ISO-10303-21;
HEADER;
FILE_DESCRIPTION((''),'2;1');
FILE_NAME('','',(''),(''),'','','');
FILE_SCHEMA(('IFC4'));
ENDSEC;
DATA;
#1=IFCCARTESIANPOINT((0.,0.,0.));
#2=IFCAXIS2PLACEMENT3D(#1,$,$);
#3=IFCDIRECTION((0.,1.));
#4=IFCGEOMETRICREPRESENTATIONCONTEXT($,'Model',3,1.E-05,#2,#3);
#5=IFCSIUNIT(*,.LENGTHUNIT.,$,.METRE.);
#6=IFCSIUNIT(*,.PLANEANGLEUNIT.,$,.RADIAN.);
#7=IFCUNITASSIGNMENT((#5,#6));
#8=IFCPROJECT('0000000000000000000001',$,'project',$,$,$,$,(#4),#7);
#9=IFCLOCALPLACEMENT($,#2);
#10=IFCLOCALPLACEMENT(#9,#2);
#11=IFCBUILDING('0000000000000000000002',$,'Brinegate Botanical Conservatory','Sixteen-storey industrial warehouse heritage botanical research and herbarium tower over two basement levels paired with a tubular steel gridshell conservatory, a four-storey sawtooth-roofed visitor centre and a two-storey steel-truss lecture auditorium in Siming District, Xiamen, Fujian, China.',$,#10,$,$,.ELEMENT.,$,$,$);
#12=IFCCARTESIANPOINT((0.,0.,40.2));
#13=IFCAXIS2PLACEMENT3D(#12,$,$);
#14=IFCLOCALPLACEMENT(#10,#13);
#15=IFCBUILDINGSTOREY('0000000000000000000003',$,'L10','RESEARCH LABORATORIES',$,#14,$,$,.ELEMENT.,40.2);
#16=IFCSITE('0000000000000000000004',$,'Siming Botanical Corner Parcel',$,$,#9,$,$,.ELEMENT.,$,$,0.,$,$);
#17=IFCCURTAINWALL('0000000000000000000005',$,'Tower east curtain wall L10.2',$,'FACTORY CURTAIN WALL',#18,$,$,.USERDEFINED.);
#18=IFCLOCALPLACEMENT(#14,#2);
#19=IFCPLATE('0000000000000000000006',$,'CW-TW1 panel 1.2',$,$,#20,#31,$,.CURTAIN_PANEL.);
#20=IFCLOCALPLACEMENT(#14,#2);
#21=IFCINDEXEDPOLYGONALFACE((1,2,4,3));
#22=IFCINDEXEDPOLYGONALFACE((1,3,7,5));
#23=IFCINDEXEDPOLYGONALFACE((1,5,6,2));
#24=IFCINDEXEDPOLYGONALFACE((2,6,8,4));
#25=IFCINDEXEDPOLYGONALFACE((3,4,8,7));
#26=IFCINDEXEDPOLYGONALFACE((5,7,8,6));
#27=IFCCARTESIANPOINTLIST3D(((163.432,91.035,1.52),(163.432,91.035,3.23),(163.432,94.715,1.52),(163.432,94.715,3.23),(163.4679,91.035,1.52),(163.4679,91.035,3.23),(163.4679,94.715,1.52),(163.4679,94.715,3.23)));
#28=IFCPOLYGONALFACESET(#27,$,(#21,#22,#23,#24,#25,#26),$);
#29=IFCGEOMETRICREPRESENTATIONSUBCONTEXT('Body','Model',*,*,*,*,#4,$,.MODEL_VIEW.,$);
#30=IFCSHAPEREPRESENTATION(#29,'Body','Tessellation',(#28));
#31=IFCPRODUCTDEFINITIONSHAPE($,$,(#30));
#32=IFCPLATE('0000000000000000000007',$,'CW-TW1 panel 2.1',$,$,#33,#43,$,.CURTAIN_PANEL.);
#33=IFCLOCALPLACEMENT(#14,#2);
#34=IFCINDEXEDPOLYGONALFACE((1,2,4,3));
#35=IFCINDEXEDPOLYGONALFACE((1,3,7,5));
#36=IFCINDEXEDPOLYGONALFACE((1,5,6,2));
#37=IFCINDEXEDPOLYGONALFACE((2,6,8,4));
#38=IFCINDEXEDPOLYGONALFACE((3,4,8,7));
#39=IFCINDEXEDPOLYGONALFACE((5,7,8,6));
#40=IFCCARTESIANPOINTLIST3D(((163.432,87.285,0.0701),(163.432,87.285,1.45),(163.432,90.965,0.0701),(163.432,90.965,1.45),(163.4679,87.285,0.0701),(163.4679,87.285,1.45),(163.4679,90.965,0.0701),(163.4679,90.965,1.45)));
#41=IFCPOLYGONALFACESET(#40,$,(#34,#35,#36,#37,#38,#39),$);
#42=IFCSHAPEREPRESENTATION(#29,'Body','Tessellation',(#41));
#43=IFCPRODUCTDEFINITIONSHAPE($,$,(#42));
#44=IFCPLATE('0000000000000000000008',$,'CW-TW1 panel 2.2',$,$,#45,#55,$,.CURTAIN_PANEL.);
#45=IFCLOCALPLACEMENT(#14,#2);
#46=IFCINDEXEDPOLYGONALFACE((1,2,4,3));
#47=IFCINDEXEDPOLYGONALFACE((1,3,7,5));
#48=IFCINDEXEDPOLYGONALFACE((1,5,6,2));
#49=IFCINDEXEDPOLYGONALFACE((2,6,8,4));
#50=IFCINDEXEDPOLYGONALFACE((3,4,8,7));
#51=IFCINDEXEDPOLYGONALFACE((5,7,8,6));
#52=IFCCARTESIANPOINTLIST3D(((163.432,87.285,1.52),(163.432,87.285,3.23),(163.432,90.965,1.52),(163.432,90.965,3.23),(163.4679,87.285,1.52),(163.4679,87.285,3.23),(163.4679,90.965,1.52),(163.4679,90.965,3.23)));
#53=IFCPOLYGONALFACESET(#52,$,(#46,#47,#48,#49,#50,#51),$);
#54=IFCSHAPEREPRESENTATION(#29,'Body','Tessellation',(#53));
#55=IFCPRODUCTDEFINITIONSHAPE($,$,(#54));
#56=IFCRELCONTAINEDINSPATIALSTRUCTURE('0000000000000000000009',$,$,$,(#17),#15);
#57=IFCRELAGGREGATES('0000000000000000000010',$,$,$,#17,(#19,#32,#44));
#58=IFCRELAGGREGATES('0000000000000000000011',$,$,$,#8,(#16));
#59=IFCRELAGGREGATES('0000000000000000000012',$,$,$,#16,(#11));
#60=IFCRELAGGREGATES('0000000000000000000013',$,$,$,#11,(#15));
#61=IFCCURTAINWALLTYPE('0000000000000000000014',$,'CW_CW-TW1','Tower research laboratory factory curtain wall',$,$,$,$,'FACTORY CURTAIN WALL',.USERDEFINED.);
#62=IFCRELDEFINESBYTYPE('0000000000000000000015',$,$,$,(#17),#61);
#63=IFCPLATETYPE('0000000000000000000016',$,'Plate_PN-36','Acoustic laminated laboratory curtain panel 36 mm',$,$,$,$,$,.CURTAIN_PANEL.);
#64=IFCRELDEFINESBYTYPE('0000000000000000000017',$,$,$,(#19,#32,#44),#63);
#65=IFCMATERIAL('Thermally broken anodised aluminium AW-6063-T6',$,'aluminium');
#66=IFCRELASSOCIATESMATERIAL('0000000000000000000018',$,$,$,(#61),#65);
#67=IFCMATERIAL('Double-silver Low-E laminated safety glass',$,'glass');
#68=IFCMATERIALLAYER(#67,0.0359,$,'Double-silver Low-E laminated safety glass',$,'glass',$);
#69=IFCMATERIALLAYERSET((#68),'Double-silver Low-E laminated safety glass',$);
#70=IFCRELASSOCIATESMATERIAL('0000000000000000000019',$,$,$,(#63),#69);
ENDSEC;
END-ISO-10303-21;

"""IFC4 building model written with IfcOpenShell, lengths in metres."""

from ifc_helpers import new_model, si_unit, direction, frame, origin, origin_2d, place, context, subcontext, project, spatial, rectangle, extrude, material, layer, layer_set, type_object, element, aggregate, save


model = new_model("IFC4")

# Units and contexts
model_context = context("Model", 3, precision=1e-05, world=origin(), true_north=direction((0.0, 1.0)))
body_context = subcontext(model_context, "Body", "Model", "MODEL_VIEW")
ifc_project = project(units=[si_unit("LENGTHUNIT", "METRE"), si_unit("PLANEANGLEUNIT", "RADIAN")], contexts=[model_context])

# Site, building, storey
site_placement = place(None, origin())
site = spatial("IfcSite", under=ifc_project, at=site_placement, Name="Siming Botanical Corner Parcel", CompositionType="ELEMENT", RefElevation=0.0)
building_placement = place(site_placement, origin())
building = spatial("IfcBuilding", under=site, at=building_placement, Name="Brinegate Botanical Conservatory", Description="Sixteen-storey industrial warehouse heritage botanical research and herbarium tower over two basement levels paired with a tubular steel gridshell conservatory, a four-storey sawtooth-roofed visitor centre and a two-storey steel-truss lecture auditorium in Siming District, Xiamen, Fujian, China.", CompositionType="ELEMENT")
storey_placement = place(building_placement, frame((0.0, 0.0, 40.2)))
storey = spatial("IfcBuildingStorey", under=building, at=storey_placement, Name="L10", Description="RESEARCH LABORATORIES", CompositionType="ELEMENT", Elevation=40.2)

# Shared definitions
ifc_material_1 = material(Name="Thermally broken anodised aluminium AW-6063-T6", Category="aluminium")
curtain_wall_type = type_object("IfcCurtainWallType", Name="CW_CW-TW1", Description="Tower research laboratory factory curtain wall", ElementType="FACTORY CURTAIN WALL", PredefinedType="USERDEFINED", material=ifc_material_1)

# Curtain wall
curtain_wall_1_placement = place(storey_placement, origin())
curtain_wall_1 = element("IfcCurtainWall", 1, at=curtain_wall_1_placement, inside=storey, type_object=curtain_wall_type, Name="Tower east curtain wall L10.2", ObjectType="FACTORY CURTAIN WALL", PredefinedType="USERDEFINED")

# Plates
ifc_material_2 = material(Name="Double-silver Low-E laminated safety glass", Category="glass")
ifc_layer = layer(ifc_material_2, 0.0359, Name="Double-silver Low-E laminated safety glass", Category="glass")
ifc_layer_set = layer_set([ifc_layer], Name="Double-silver Low-E laminated safety glass")
plate_type = type_object("IfcPlateType", Name="Plate_PN-36", Description="Acoustic laminated laboratory curtain panel 36 mm", PredefinedType="CURTAIN_PANEL", material=ifc_layer_set)
plate_1_placement = place(storey_placement, frame((163.45, 92.875, 1.52), z_axis=(0.0, 0.0, 1.0), x_axis=(0.0, -1.0, 0.0)))
plate_1 = element("IfcPlate", 2, at=plate_1_placement, type_object=plate_type, Name="CW-TW1 panel 1.2", PredefinedType="CURTAIN_PANEL", context=body_context, shape_type="SweptSolid", body=[
    extrude(rectangle(XDim=3.6799, YDim=0.0359, at=origin_2d()), origin(), (0.0, 0.0, 1.0), 1.71),
])
plate_2_placement = place(storey_placement, frame((163.45, 89.125, 0.0701), z_axis=(0.0, 0.0, 1.0), x_axis=(0.0, -1.0, 0.0)))
plate_2 = element("IfcPlate", 3, at=plate_2_placement, type_object=plate_type, Name="CW-TW1 panel 2.1", PredefinedType="CURTAIN_PANEL", context=body_context, shape_type="SweptSolid", body=[
    extrude(rectangle(XDim=3.6799, YDim=0.0359, at=origin_2d()), origin(), (0.0, 0.0, 1.0), 1.3799),
])
plate_3_placement = place(storey_placement, frame((163.45, 89.125, 1.52), z_axis=(0.0, 0.0, 1.0), x_axis=(0.0, -1.0, 0.0)))
plate_3 = element("IfcPlate", 4, at=plate_3_placement, type_object=plate_type, Name="CW-TW1 panel 2.2", PredefinedType="CURTAIN_PANEL", context=body_context, shape_type="SweptSolid", body=[
    extrude(rectangle(XDim=3.6799, YDim=0.0359, at=origin_2d()), origin(), (0.0, 0.0, 1.0), 1.71),
])
aggregate(curtain_wall_1, [plate_1, plate_2, plate_3])

save(model, "model.ifc")
